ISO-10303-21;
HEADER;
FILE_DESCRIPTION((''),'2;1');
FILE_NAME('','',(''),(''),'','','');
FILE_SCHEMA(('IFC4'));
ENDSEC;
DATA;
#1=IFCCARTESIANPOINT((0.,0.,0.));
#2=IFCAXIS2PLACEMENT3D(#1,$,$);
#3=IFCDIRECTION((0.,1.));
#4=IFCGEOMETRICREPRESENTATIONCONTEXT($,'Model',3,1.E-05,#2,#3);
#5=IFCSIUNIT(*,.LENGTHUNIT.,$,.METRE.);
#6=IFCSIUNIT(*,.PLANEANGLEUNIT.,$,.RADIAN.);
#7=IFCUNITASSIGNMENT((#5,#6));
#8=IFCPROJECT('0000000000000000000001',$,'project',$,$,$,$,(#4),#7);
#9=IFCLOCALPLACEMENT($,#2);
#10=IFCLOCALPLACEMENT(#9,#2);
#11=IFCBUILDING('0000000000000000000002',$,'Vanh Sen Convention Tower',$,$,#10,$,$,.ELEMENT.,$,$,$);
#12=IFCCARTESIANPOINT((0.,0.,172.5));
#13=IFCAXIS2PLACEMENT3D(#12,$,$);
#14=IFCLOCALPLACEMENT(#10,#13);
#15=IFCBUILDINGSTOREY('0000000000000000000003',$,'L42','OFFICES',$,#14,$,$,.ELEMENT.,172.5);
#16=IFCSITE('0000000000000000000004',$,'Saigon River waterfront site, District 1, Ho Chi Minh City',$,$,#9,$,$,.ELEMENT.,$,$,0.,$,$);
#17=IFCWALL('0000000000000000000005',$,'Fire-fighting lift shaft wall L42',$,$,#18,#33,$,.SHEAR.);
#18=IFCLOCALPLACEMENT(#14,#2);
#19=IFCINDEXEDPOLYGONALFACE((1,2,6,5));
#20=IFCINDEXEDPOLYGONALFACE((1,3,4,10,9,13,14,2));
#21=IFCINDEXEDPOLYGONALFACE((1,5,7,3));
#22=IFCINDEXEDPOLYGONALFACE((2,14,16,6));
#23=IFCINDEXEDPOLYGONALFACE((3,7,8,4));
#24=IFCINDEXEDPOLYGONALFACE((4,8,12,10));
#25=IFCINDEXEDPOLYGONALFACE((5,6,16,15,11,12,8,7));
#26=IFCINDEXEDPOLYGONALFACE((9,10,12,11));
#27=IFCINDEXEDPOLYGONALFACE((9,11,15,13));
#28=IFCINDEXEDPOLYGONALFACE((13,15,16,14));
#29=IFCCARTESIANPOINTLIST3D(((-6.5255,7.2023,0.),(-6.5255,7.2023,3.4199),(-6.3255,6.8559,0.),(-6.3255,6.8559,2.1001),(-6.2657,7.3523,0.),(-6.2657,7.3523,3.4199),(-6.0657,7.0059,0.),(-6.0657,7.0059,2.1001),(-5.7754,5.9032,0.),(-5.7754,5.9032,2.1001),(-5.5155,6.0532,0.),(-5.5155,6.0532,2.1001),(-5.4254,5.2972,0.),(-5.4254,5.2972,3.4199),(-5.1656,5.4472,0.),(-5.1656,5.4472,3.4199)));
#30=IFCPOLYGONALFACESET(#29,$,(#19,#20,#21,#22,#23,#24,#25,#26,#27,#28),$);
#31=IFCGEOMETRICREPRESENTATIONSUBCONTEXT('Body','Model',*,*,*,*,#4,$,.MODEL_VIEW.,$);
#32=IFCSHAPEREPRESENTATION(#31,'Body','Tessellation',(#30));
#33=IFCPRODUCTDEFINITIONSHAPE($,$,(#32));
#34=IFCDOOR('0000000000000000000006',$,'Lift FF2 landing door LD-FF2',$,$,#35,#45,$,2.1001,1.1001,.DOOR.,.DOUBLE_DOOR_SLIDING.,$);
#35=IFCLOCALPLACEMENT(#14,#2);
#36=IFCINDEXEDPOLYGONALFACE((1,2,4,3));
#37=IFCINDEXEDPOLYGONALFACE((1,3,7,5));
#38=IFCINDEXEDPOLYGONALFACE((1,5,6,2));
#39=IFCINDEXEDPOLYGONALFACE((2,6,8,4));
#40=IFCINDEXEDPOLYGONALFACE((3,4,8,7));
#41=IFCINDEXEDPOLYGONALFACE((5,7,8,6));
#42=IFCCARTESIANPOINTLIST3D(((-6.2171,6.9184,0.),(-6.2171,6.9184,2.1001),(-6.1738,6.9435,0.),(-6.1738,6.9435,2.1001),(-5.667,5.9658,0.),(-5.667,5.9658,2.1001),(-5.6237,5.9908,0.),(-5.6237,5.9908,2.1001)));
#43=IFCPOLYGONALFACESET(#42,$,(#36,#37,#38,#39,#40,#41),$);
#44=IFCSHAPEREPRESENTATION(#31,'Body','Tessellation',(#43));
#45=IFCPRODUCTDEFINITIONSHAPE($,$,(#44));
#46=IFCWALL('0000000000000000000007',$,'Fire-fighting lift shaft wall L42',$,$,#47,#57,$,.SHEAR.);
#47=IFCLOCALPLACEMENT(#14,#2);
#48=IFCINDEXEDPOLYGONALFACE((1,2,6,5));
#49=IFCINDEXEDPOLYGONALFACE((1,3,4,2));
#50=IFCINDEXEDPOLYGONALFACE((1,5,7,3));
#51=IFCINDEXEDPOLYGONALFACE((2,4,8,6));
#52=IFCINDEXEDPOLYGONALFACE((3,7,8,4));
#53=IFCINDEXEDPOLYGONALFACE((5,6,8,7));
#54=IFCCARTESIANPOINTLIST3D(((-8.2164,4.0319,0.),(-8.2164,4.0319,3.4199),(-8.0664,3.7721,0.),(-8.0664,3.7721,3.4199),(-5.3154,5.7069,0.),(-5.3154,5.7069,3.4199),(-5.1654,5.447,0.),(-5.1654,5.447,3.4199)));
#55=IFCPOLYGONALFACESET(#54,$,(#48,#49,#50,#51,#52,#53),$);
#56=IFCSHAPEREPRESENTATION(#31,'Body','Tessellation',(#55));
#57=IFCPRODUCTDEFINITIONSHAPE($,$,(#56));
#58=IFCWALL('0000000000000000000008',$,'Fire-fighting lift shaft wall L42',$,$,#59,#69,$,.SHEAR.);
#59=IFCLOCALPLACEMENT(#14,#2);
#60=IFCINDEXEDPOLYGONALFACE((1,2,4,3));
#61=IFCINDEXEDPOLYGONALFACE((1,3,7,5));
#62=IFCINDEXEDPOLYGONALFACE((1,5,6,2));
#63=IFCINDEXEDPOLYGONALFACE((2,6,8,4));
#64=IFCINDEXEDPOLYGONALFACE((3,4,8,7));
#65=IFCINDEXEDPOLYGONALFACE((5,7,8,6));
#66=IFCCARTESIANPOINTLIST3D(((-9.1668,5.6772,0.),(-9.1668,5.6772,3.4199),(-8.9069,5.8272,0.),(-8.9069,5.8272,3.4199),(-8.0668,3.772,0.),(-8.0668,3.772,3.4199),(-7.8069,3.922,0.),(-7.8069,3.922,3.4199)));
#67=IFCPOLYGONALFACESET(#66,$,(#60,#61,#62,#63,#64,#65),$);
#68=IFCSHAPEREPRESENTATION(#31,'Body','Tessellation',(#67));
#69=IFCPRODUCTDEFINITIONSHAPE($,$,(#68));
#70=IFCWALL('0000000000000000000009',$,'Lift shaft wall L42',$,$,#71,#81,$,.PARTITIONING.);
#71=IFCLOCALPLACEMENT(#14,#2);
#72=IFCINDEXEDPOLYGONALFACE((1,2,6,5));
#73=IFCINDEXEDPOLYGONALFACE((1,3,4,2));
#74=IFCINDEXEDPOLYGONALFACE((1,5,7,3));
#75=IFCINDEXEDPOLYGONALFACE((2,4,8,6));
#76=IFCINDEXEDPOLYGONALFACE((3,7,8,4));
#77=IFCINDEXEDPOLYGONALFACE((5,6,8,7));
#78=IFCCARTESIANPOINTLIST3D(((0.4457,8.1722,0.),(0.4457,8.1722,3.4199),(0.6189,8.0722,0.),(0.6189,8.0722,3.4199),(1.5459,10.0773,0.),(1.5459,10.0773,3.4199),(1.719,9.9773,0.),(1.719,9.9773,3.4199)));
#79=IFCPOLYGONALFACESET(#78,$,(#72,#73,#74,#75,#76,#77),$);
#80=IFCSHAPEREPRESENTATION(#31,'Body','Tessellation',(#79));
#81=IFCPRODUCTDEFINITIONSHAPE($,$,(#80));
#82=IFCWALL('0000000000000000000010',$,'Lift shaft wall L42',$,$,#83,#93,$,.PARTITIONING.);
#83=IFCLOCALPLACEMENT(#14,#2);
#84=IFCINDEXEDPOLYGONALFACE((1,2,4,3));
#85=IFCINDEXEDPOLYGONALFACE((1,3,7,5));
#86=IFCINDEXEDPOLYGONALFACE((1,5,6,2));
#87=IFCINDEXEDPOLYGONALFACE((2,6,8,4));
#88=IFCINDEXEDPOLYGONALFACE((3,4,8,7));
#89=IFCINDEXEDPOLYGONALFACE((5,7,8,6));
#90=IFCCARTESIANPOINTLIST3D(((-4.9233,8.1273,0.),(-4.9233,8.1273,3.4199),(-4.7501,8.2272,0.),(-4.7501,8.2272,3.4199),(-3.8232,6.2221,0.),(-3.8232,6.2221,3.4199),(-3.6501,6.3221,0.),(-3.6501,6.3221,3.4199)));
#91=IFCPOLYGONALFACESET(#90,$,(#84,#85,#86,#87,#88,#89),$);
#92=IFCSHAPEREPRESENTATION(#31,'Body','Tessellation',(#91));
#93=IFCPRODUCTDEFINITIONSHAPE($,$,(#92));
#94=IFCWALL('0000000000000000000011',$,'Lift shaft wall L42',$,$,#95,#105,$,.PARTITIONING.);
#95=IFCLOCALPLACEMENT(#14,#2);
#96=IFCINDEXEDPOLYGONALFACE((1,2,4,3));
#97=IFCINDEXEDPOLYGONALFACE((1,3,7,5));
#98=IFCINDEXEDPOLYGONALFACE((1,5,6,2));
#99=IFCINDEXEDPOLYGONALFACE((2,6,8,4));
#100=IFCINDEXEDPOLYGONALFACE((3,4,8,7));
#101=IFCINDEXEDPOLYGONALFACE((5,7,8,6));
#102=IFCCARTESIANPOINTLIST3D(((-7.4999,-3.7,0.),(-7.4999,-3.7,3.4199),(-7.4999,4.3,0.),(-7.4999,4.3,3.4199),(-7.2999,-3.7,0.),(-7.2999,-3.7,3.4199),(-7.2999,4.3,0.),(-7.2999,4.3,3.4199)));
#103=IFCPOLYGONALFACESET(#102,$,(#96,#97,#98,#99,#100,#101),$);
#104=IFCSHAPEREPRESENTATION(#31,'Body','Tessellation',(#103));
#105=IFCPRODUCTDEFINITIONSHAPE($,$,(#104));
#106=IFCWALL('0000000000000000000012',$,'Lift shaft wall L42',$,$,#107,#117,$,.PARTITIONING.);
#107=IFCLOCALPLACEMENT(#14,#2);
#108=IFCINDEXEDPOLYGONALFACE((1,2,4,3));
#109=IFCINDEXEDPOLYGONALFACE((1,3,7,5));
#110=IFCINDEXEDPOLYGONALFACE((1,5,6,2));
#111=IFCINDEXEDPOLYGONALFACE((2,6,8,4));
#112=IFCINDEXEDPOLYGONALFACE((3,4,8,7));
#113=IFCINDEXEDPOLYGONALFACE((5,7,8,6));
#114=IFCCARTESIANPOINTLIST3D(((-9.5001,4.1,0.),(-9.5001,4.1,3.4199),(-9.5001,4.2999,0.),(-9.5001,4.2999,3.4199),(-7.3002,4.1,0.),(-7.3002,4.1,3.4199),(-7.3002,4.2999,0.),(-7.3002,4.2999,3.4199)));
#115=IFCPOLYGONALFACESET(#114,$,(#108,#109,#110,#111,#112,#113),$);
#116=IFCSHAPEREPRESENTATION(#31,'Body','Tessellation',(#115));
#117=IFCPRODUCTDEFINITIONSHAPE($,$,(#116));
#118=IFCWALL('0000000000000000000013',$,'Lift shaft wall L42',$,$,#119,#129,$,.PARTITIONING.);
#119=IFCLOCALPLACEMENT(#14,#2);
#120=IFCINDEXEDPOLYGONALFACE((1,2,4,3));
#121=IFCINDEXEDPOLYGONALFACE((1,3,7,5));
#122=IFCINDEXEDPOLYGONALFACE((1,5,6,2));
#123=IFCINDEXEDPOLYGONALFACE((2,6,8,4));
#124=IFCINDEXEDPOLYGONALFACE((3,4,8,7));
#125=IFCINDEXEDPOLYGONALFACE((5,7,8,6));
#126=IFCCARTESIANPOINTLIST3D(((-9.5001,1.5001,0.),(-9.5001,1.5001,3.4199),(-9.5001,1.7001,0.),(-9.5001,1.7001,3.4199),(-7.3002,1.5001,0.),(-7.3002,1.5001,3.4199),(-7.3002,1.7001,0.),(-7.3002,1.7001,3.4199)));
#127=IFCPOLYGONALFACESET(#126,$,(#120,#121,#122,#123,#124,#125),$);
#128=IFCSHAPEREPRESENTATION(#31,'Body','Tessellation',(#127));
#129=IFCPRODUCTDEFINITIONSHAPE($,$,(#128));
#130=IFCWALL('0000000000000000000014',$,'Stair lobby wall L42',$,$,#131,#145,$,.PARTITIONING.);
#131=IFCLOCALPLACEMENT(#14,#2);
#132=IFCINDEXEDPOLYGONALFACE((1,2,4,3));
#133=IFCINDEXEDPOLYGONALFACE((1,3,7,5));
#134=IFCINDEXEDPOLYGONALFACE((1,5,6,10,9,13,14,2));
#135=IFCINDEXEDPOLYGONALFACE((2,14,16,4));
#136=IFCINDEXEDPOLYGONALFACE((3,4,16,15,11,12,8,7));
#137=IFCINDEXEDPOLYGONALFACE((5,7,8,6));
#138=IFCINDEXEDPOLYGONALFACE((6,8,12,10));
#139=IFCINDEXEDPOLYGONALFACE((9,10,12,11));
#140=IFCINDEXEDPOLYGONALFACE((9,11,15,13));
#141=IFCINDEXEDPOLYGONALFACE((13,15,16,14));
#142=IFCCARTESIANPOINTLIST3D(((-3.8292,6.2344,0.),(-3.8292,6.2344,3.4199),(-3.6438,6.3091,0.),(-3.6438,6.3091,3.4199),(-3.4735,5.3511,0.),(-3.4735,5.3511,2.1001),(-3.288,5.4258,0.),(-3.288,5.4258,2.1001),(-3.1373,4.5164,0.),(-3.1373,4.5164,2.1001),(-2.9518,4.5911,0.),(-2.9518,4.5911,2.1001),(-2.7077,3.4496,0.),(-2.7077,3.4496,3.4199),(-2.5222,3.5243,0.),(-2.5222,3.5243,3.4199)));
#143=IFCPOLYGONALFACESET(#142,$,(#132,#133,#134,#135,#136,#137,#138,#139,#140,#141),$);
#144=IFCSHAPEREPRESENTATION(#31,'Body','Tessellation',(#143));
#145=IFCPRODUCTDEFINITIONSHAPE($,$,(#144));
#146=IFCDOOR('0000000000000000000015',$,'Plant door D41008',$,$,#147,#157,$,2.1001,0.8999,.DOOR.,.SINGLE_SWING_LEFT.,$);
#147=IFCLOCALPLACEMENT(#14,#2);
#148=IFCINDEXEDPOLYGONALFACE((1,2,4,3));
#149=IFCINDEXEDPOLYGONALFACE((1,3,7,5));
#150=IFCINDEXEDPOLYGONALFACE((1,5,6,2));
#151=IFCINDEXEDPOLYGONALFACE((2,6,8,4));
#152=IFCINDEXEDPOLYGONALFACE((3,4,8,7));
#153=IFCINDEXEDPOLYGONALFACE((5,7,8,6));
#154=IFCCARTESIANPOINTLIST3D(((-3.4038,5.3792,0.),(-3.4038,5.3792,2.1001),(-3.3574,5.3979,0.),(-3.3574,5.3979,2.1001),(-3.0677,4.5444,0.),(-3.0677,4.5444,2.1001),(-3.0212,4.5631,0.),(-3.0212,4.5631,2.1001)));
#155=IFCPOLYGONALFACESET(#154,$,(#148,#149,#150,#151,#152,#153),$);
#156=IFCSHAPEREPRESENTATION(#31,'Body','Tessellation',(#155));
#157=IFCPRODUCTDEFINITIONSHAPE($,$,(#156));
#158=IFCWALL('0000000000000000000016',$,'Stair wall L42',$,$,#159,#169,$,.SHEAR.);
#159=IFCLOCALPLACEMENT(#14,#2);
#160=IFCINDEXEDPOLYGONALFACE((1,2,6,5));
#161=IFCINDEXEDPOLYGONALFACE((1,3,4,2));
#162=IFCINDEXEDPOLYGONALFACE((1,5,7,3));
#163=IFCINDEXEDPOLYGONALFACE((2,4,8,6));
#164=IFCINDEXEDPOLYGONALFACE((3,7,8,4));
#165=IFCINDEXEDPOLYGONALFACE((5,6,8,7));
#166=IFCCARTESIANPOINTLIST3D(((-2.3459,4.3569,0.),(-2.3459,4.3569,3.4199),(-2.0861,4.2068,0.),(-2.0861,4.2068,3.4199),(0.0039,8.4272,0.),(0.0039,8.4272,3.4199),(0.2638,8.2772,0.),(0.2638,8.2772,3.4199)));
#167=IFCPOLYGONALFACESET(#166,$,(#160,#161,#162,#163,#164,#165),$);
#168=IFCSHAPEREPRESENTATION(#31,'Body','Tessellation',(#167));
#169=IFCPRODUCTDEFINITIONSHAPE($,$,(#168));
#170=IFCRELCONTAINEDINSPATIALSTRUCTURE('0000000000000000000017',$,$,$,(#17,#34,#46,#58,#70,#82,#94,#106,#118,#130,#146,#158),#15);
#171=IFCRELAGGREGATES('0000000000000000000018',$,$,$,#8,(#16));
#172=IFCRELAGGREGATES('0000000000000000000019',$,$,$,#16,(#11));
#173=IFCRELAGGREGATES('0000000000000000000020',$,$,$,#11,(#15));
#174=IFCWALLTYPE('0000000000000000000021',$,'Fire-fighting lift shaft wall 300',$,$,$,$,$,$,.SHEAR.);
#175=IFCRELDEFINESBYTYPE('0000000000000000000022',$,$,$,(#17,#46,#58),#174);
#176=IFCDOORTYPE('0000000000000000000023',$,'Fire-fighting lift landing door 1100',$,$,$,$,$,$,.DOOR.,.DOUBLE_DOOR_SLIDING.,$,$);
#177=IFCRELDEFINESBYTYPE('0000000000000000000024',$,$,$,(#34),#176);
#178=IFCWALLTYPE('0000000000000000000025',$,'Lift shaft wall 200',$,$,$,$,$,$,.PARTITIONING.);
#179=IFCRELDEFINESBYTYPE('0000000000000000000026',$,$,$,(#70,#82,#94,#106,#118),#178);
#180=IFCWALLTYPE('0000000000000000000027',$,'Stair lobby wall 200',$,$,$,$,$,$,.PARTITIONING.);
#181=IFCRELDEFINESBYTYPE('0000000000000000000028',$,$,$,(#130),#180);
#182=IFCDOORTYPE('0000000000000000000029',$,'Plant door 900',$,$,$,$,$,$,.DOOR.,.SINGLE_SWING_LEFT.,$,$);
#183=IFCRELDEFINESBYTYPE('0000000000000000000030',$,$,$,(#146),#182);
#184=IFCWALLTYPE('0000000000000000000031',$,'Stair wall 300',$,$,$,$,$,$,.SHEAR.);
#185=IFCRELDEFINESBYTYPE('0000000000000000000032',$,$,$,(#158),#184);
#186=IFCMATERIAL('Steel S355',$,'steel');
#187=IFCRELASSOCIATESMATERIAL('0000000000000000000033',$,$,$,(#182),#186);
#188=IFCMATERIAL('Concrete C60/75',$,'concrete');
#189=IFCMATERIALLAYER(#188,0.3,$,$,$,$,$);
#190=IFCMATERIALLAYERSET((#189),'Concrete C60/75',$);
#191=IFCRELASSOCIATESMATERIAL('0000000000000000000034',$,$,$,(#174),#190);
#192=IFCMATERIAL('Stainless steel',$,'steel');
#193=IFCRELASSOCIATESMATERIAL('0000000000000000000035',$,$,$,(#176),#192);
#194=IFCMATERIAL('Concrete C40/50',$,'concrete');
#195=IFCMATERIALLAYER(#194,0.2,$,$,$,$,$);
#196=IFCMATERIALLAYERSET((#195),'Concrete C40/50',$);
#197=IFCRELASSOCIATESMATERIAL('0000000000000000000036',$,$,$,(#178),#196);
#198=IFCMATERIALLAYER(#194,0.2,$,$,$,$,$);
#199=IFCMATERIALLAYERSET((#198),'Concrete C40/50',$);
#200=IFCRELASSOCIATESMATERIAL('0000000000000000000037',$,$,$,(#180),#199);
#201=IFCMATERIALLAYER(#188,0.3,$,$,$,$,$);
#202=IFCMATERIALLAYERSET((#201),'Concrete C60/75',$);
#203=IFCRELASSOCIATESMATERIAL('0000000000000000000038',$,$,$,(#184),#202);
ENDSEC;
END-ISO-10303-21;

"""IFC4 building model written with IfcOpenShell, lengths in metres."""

from ifc_helpers import new_model, si_unit, direction, frame, frame_2d, origin, place, context, subcontext, project, spatial, rectangle, extrude, material, layer, layer_set, type_object, element, fill, save


model = new_model("IFC4")

# Units and contexts
model_context = context("Model", 3, precision=1e-05, world=origin(), true_north=direction((0.0, 1.0)))
body_context = subcontext(model_context, "Body", "Model", "MODEL_VIEW")
ifc_project = project(units=[si_unit("LENGTHUNIT", "METRE"), si_unit("PLANEANGLEUNIT", "RADIAN")], contexts=[model_context])

# Site, building, storey
site_placement = place(None, origin())
site = spatial("IfcSite", under=ifc_project, at=site_placement, Name="Saigon River waterfront site, District 1, Ho Chi Minh City", CompositionType="ELEMENT", RefElevation=0.0)
building_placement = place(site_placement, origin())
building = spatial("IfcBuilding", under=site, at=building_placement, Name="Vanh Sen Convention Tower", CompositionType="ELEMENT")
storey_placement = place(building_placement, frame((0.0, 0.0, 172.5)))
storey = spatial("IfcBuildingStorey", under=building, at=storey_placement, Name="L42", Description="OFFICES", CompositionType="ELEMENT", Elevation=172.5)

# Shared definitions
ifc_material_1 = material(Name="Steel S355", Category="steel")
door_type_1 = type_object("IfcDoorType", Name="Plant door 900", OperationType="SINGLE_SWING_LEFT", PredefinedType="DOOR", material=ifc_material_1)
ifc_material_2 = material(Name="Stainless steel", Category="steel")

# Wall, opening, door
ifc_material_3 = material(Name="Concrete C60/75", Category="concrete")
ifc_layer_1 = layer(ifc_material_3, 0.3)
ifc_layer_set_1 = layer_set([ifc_layer_1], Name="Concrete C60/75")
wall_type_1 = type_object("IfcWallType", Name="Fire-fighting lift shaft wall 300", PredefinedType="SHEAR", material=ifc_layer_set_1)
wall_1_placement = place(storey_placement, frame((-5.2954, 5.3721, 0.0), z_axis=(0.0, 0.0, 1.0), x_axis=(-0.500078, 0.86598, 0.0)))
wall_1 = element("IfcWall", 1, at=wall_1_placement, inside=storey, type_object=wall_type_1, Name="Fire-fighting lift shaft wall L42", PredefinedType="SHEAR", context=body_context, shape_type="SweptSolid", body=[
    extrude(rectangle(XDim=2.2, YDim=0.3, at=frame_2d((1.1001, 0.0))), origin(), (0.0, 0.0, 1.0), 3.4199),
])
opening_1_placement = place(wall_1_placement, frame((0.7, 0.0, 0.0)))
opening_1 = element("IfcOpeningElement", 2, at=opening_1_placement, cuts=wall_1, PredefinedType="OPENING", context=body_context, shape_type="SweptSolid", body=[
    extrude(rectangle(XDim=1.1001, YDim=2.1001, at=frame_2d((0.55, 1.05))), frame((0.0, 0.1599, 0.0), z_axis=(0.0, -1.0, 0.0), x_axis=(1.0, 0.0, 0.0)), (0.0, 0.0, 1.0), 0.3201),
])
door_type_2 = type_object("IfcDoorType", Name="Fire-fighting lift landing door 1100", OperationType="DOUBLE_DOOR_SLIDING", PredefinedType="DOOR", material=ifc_material_2)
door_1_placement = place(opening_1_placement, origin())
door_1 = element("IfcDoor", 3, at=door_1_placement, inside=storey, type_object=door_type_2, Name="Lift FF2 landing door LD-FF2", OperationType="DOUBLE_DOOR_SLIDING", OverallHeight=2.1001, OverallWidth=1.1001, PredefinedType="DOOR", context=body_context, shape_type="SweptSolid", body=[
    extrude(rectangle(XDim=1.1001, YDim=2.1001, at=frame_2d((0.55, 1.05))), frame((0.0, 0.0249, 0.0), z_axis=(0.0, -1.0, 0.0), x_axis=(1.0, 0.0, 0.0)), (0.0, 0.0, 1.0), 0.05),
])
fill(opening_1, door_1)

# Walls
wall_2_placement = place(storey_placement, frame((-5.2405, 5.5769, 0.0), z_axis=(0.0, 0.0, 1.0), x_axis=(-0.866014, -0.500019, 0.0)))
element("IfcWall", 4, at=wall_2_placement, inside=storey, type_object=wall_type_1, Name="Fire-fighting lift shaft wall L42", PredefinedType="SHEAR", context=body_context, shape_type="SweptSolid", body=[
    extrude(rectangle(XDim=3.3499, YDim=0.3, at=frame_2d((1.6748, 0.0))), origin(), (0.0, 0.0, 1.0), 3.4199),
])
wall_3_placement = place(storey_placement, frame((-7.9368, 3.8469, 0.0), z_axis=(0.0, 0.0, 1.0), x_axis=(-0.50003, 0.866008, 0.0)))
element("IfcWall", 5, at=wall_3_placement, inside=storey, type_object=wall_type_1, Name="Fire-fighting lift shaft wall L42", PredefinedType="SHEAR", context=body_context, shape_type="SweptSolid", body=[
    extrude(rectangle(XDim=2.2, YDim=0.3, at=frame_2d((1.1001, 0.0))), origin(), (0.0, 0.0, 1.0), 3.4199),
])
ifc_material_4 = material(Name="Concrete C40/50", Category="concrete")
ifc_layer_2 = layer(ifc_material_4, 0.2)
ifc_layer_set_2 = layer_set([ifc_layer_2], Name="Concrete C40/50")
wall_type_2 = type_object("IfcWallType", Name="Lift shaft wall 200", PredefinedType="PARTITIONING", material=ifc_layer_set_2)
for number, where, z_axis, x_axis, name in (
    (6, (0.5322, 8.1221, 0.0), (0.0, 0.0, 1.0), (0.500078, 0.86598, 0.0), "Lift shaft wall L42"),
    (7, (-3.7366, 6.272, 0.0), (0.0, 0.0, 1.0), (-0.50003, 0.866008, 0.0), "Lift shaft wall L42"),
):
    element("IfcWall", number, at=place(storey_placement, frame(where, z_axis=z_axis, x_axis=x_axis)), inside=storey, type_object=wall_type_2, Name=name, PredefinedType="PARTITIONING", context=body_context, shape_type="SweptSolid", body=[
        extrude(rectangle(XDim=2.2, YDim=0.2, at=frame_2d((1.1001, 0.0))), origin(), (0.0, 0.0, 1.0), 3.4199),
    ])
wall_4_placement = place(storey_placement, frame((-7.3999, 4.3, 0.0), z_axis=(0.0, 0.0, 1.0), x_axis=(0.0, -1.0, 0.0)))
element("IfcWall", 8, at=wall_4_placement, inside=storey, type_object=wall_type_2, Name="Lift shaft wall L42", PredefinedType="PARTITIONING", context=body_context, shape_type="SweptSolid", body=[
    extrude(rectangle(XDim=8.0, YDim=0.2, at=frame_2d((4.0, 0.0))), origin(), (0.0, 0.0, 1.0), 3.4199),
])
for number, where, z_axis, x_axis, name in (
    (9, (-7.3, 4.2, 0.0), (0.0, 0.0, 1.0), (-1.0, 0.0, 0.0), "Lift shaft wall L42"),
    (10, (-7.3, 1.6001, 0.0), (0.0, 0.0, 1.0), (-1.0, 0.0, 0.0), "Lift shaft wall L42"),
):
    element("IfcWall", number, at=place(storey_placement, frame(where, z_axis=z_axis, x_axis=x_axis)), inside=storey, type_object=wall_type_2, Name=name, PredefinedType="PARTITIONING", context=body_context, shape_type="SweptSolid", body=[
        extrude(rectangle(XDim=2.2, YDim=0.2, at=frame_2d((1.1001, 0.0))), origin(), (0.0, 0.0, 1.0), 3.4199),
    ])

# Wall, opening, door
ifc_layer_3 = layer(ifc_material_4, 0.2)
ifc_layer_set_3 = layer_set([ifc_layer_3], Name="Concrete C40/50")
wall_type_3 = type_object("IfcWallType", Name="Stair lobby wall 200", PredefinedType="PARTITIONING", material=ifc_layer_set_3)
wall_5_placement = place(storey_placement, frame((-2.615, 3.4871, 0.0), z_axis=(0.0, 0.0, 1.0), x_axis=(-0.373577, 0.927599, 0.0)))
wall_5 = element("IfcWall", 11, at=wall_5_placement, inside=storey, type_object=wall_type_3, Name="Stair lobby wall L42", PredefinedType="PARTITIONING", context=body_context, shape_type="SweptSolid", body=[
    extrude(rectangle(XDim=3.0022, YDim=0.2, at=frame_2d((1.501, 0.0))), origin(), (0.0, 0.0, 1.0), 3.4199),
])
opening_2_placement = place(wall_5_placement, frame((1.1499, 0.0, 0.0)))
opening_2 = element("IfcOpeningElement", 12, at=opening_2_placement, cuts=wall_5, PredefinedType="OPENING", context=body_context, shape_type="SweptSolid", body=[
    extrude(rectangle(XDim=0.8999, YDim=2.1001, at=frame_2d((0.45, 1.05))), frame((0.0, 0.1099, 0.0), z_axis=(0.0, -1.0, 0.0), x_axis=(1.0, 0.0, 0.0)), (0.0, 0.0, 1.0), 0.22),
])
door_2_placement = place(opening_2_placement, origin())
door_2 = element("IfcDoor", 13, at=door_2_placement, inside=storey, type_object=door_type_1, Name="Plant door D41008", OperationType="SINGLE_SWING_LEFT", OverallHeight=2.1001, OverallWidth=0.8999, PredefinedType="DOOR", context=body_context, shape_type="SweptSolid", body=[
    extrude(rectangle(XDim=0.8999, YDim=2.1001, at=frame_2d((0.45, 1.05))), frame((0.0, 0.0249, 0.0), z_axis=(0.0, -1.0, 0.0), x_axis=(1.0, 0.0, 0.0)), (0.0, 0.0, 1.0), 0.05),
])
fill(opening_2, door_2)

# Wall
ifc_layer_4 = layer(ifc_material_3, 0.3)
ifc_layer_set_4 = layer_set([ifc_layer_4], Name="Concrete C60/75")
wall_type_4 = type_object("IfcWallType", Name="Stair wall 300", PredefinedType="SHEAR", material=ifc_layer_set_4)
wall_6_placement = place(storey_placement, frame((-2.2161, 4.2817, 0.0), z_axis=(0.0, 0.0, 1.0), x_axis=(0.499977, 0.866039, 0.0)))
element("IfcWall", 14, at=wall_6_placement, inside=storey, type_object=wall_type_4, Name="Stair wall L42", PredefinedType="SHEAR", context=body_context, shape_type="SweptSolid", body=[
    extrude(rectangle(XDim=4.7, YDim=0.3, at=frame_2d((2.3501, 0.0))), origin(), (0.0, 0.0, 1.0), 3.4199),
])

save(model, "model.ifc")
